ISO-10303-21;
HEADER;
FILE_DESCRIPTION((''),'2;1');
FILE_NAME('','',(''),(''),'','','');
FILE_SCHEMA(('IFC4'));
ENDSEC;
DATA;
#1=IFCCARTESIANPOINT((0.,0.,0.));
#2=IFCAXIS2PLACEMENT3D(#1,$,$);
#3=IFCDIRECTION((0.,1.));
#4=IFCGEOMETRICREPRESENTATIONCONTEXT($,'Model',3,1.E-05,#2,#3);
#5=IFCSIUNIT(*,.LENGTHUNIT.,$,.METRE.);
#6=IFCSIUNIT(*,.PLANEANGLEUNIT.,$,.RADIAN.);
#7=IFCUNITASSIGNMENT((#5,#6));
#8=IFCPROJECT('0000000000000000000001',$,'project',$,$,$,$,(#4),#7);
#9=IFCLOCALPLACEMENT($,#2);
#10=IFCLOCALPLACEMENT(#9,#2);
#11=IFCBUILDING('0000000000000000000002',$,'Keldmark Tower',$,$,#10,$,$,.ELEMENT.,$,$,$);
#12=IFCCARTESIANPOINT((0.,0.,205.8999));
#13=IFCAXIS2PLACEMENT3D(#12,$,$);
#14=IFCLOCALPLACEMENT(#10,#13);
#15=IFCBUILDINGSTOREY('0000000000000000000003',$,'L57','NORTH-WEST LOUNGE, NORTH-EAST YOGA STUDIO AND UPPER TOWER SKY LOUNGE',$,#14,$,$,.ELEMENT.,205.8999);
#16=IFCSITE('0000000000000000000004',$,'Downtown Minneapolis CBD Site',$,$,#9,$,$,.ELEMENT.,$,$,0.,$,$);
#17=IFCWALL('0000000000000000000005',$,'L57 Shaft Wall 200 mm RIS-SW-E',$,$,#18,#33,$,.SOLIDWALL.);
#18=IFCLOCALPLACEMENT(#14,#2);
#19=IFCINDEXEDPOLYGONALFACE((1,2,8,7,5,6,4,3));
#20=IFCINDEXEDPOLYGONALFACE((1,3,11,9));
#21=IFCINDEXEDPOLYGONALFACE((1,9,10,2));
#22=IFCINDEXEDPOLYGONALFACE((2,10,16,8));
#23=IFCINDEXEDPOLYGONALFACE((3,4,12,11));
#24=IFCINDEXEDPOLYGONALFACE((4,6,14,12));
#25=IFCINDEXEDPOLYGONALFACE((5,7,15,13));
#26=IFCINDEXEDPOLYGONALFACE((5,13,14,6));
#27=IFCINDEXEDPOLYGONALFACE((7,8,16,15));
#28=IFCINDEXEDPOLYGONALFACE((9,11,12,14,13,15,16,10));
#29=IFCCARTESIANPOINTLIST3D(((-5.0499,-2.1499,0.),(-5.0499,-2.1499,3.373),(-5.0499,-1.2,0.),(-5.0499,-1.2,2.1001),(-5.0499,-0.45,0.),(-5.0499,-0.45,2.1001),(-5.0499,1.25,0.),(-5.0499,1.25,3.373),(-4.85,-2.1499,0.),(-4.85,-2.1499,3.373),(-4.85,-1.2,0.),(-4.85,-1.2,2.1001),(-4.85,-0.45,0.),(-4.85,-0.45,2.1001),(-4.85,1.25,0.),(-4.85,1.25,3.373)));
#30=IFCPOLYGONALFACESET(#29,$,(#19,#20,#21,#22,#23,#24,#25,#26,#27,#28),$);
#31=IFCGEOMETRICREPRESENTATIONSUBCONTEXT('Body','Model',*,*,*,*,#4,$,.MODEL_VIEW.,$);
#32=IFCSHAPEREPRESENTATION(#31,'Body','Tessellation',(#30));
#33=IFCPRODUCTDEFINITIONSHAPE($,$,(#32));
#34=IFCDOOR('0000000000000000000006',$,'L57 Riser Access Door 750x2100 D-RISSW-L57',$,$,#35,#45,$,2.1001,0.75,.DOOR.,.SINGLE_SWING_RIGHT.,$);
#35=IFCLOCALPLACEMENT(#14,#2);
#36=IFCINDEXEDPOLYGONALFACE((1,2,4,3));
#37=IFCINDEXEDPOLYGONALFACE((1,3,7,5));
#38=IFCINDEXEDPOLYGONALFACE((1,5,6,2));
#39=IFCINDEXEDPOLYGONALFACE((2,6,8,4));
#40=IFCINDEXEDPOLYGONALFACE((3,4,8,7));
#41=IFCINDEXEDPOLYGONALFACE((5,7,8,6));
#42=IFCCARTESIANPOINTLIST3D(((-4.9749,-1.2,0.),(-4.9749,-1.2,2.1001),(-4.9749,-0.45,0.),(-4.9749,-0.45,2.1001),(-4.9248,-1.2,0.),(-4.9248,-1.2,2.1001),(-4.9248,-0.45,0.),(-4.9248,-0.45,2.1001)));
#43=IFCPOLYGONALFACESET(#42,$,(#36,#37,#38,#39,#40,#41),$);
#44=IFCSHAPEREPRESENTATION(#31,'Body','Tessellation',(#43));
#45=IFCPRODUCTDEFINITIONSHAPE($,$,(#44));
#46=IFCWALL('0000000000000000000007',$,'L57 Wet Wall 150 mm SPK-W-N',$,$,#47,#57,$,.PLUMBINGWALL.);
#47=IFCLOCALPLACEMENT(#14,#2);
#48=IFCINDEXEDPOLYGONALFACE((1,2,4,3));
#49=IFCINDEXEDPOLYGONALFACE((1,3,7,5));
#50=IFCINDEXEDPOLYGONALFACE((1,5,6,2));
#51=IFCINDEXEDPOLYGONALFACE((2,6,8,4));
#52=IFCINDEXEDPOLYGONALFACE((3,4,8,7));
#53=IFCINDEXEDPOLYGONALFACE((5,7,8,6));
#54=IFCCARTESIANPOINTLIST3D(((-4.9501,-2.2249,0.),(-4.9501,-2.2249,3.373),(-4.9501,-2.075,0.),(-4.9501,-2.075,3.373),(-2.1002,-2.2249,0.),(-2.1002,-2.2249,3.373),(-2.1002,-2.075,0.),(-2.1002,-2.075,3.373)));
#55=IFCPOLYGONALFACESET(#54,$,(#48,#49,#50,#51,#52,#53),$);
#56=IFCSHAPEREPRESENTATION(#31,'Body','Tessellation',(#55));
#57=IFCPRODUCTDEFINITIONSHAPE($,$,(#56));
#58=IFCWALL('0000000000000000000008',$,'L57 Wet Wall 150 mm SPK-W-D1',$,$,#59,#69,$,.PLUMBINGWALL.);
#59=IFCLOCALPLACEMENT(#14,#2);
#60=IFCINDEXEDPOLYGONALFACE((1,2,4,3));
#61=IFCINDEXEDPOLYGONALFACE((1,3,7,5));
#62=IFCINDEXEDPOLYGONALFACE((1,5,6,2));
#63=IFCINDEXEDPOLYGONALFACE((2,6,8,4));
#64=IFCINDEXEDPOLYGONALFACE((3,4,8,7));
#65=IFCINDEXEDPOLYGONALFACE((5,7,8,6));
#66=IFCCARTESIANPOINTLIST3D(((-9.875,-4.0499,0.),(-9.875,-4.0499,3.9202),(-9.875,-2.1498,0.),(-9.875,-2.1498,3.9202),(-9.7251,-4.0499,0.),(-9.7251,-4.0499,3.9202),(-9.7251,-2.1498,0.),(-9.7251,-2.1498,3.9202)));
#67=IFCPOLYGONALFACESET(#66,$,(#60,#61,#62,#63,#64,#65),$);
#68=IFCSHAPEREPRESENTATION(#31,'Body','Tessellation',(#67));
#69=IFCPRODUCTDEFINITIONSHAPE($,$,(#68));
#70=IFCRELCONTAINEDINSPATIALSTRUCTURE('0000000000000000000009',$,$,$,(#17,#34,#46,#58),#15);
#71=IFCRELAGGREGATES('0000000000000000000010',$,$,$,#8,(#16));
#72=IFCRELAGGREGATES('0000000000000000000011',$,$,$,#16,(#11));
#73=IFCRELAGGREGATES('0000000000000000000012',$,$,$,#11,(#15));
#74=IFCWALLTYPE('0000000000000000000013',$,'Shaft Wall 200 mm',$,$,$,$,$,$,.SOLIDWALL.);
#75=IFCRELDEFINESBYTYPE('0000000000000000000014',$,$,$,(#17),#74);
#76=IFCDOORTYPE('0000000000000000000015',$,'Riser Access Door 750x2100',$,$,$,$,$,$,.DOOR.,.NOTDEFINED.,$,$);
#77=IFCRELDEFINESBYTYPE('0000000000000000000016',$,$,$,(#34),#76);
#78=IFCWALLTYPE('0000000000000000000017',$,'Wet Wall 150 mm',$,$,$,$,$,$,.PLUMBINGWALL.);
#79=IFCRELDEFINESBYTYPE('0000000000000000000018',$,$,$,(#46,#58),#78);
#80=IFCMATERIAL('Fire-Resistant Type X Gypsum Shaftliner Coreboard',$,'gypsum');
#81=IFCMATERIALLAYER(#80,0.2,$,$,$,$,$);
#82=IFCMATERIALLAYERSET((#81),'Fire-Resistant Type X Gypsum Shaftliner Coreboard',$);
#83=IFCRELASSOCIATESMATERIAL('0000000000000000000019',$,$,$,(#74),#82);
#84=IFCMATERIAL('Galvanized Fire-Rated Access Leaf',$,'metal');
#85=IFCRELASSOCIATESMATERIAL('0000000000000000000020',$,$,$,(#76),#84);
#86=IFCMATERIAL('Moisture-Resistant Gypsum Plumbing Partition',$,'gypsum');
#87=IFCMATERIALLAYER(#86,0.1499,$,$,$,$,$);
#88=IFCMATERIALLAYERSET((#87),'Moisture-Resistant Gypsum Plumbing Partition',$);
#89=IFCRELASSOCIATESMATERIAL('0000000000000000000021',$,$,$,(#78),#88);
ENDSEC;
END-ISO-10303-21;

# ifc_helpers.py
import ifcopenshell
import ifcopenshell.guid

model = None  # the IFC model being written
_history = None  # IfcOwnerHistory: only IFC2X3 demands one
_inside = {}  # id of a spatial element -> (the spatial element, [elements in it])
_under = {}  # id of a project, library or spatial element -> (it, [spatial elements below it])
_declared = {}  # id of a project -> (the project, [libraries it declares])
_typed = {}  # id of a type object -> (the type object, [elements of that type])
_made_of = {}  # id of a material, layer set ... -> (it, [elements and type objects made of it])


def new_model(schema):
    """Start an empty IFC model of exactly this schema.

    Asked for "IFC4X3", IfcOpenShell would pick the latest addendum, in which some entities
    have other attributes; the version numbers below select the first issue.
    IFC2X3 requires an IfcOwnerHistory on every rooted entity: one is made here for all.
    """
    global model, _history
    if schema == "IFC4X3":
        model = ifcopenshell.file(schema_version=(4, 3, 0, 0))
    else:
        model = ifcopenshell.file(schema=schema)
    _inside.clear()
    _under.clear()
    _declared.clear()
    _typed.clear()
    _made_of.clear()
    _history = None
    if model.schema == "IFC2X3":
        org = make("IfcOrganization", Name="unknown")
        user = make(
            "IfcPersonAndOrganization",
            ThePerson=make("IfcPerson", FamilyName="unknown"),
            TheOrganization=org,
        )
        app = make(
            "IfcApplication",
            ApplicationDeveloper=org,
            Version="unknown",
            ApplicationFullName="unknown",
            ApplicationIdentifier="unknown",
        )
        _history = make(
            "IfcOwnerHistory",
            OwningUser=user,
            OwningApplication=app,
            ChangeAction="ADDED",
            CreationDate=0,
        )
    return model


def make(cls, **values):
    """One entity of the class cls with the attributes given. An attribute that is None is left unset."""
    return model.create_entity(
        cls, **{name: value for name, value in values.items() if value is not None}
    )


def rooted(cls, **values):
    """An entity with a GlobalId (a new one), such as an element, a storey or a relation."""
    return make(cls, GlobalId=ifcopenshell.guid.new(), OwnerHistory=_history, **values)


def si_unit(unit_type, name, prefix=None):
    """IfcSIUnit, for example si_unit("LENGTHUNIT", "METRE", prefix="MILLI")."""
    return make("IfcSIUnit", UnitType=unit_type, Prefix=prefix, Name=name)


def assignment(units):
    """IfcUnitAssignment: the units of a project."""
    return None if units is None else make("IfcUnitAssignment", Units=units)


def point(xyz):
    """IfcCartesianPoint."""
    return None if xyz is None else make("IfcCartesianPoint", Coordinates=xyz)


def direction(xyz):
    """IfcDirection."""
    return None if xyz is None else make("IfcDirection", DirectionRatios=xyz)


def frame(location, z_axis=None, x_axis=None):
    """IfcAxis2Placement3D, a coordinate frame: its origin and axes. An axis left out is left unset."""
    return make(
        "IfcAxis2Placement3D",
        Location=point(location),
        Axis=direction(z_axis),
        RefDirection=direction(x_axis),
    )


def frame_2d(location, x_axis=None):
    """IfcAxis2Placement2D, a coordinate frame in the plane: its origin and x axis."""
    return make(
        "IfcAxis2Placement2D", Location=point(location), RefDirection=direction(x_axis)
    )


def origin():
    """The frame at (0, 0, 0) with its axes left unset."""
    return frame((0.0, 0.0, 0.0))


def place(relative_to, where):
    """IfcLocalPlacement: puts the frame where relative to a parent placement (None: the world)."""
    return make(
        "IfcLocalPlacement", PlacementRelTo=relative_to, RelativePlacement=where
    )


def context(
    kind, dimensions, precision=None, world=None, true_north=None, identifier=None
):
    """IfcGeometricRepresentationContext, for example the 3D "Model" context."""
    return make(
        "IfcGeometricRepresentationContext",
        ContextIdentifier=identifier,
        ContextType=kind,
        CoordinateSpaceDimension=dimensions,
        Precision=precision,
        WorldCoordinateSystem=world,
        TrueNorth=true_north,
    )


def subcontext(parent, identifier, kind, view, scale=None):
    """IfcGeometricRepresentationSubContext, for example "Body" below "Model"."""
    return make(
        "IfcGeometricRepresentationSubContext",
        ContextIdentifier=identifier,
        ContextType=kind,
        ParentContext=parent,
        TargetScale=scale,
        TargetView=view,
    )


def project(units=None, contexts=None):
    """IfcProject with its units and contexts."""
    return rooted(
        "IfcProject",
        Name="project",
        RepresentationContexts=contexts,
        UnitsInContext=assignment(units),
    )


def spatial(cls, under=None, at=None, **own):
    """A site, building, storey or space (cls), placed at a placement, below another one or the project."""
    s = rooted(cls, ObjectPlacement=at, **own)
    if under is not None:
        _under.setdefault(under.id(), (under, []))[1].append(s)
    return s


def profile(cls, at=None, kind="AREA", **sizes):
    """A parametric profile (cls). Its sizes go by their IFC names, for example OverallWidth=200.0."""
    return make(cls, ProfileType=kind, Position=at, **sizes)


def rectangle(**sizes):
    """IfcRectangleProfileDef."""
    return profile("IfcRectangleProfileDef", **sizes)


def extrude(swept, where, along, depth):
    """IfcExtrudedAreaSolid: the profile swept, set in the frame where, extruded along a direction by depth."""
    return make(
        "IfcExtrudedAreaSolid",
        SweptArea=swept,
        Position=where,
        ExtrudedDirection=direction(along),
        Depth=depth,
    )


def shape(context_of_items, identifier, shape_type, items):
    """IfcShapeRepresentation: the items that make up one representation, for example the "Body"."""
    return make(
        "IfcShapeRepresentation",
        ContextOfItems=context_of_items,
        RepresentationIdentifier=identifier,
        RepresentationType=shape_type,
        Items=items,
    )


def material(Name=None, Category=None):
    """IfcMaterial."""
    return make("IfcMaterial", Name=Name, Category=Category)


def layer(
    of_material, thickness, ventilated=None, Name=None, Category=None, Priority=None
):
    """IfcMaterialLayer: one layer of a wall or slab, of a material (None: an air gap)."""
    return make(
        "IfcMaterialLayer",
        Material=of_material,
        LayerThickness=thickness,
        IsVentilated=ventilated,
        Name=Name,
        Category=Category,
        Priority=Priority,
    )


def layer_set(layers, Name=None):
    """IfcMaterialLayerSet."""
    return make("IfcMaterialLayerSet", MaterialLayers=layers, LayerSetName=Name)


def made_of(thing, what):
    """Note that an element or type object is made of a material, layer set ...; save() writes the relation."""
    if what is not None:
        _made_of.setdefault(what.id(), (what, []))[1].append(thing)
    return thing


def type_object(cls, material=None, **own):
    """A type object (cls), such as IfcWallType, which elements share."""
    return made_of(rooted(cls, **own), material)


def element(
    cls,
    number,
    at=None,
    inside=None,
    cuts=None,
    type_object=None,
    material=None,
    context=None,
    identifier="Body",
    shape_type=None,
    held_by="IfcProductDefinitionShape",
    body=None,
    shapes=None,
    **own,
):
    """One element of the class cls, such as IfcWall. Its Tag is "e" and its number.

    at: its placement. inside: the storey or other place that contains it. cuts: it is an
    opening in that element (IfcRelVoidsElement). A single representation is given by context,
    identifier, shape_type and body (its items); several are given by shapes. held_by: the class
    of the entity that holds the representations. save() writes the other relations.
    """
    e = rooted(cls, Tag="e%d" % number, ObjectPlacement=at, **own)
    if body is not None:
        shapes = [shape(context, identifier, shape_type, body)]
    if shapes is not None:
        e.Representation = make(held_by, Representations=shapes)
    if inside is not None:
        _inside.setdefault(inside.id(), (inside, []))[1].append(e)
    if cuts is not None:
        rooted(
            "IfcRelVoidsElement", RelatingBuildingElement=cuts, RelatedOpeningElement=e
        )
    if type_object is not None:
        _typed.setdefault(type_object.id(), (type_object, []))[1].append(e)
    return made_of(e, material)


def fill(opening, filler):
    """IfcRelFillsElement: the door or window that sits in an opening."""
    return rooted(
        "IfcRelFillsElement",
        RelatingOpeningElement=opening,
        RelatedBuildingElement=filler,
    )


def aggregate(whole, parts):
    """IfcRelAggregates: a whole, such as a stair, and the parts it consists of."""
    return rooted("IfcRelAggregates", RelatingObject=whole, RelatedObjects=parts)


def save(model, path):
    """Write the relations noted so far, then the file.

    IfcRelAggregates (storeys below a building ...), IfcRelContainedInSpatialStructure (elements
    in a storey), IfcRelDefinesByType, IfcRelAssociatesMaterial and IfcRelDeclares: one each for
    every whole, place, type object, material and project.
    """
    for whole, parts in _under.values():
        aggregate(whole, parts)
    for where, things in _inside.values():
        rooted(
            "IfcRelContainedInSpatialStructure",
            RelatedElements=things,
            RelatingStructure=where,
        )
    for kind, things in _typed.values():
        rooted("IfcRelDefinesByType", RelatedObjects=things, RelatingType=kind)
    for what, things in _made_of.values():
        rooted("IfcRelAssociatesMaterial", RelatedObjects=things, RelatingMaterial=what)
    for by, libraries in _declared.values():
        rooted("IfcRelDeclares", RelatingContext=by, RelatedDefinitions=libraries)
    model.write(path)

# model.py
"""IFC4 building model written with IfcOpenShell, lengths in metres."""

from ifc_helpers import new_model, si_unit, direction, frame, frame_2d, origin, place, context, subcontext, project, spatial, rectangle, extrude, material, layer, layer_set, type_object, element, fill, save


model = new_model("IFC4")

# Units and contexts
model_context = context("Model", 3, precision=1e-05, world=origin(), true_north=direction((0.0, 1.0)))
body_context = subcontext(model_context, "Body", "Model", "MODEL_VIEW")
ifc_project = project(units=[si_unit("LENGTHUNIT", "METRE"), si_unit("PLANEANGLEUNIT", "RADIAN")], contexts=[model_context])

# Site, building, storey
site_placement = place(None, origin())
site = spatial("IfcSite", under=ifc_project, at=site_placement, Name="Downtown Minneapolis CBD Site", CompositionType="ELEMENT", RefElevation=0.0)
building_placement = place(site_placement, origin())
building = spatial("IfcBuilding", under=site, at=building_placement, Name="Keldmark Tower", CompositionType="ELEMENT")
storey_placement = place(building_placement, frame((0.0, 0.0, 205.8999)))
storey = spatial("IfcBuildingStorey", under=building, at=storey_placement, Name="L57", Description="NORTH-WEST LOUNGE, NORTH-EAST YOGA STUDIO AND UPPER TOWER SKY LOUNGE", CompositionType="ELEMENT", Elevation=205.8999)

# Shared definitions
ifc_material_1 = material(Name="Fire-Resistant Type X Gypsum Shaftliner Coreboard", Category="gypsum")
ifc_layer_1 = layer(ifc_material_1, 0.2)
ifc_layer_set_1 = layer_set([ifc_layer_1], Name="Fire-Resistant Type X Gypsum Shaftliner Coreboard")
wall_type_1 = type_object("IfcWallType", Name="Shaft Wall 200 mm", PredefinedType="SOLIDWALL", material=ifc_layer_set_1)

# Wall, opening, door
wall_1_placement = place(storey_placement, frame((-4.95, -2.1499, 0.0), z_axis=(0.0, 0.0, 1.0), x_axis=(0.0, 1.0, 0.0)))
wall_1 = element("IfcWall", 1, at=wall_1_placement, inside=storey, type_object=wall_type_1, Name="L57 Shaft Wall 200 mm RIS-SW-E", PredefinedType="SOLIDWALL", context=body_context, shape_type="SweptSolid", body=[
    extrude(rectangle(XDim=3.3999, YDim=0.2, at=frame_2d((1.7, 0.0))), origin(), (0.0, 0.0, 1.0), 3.373),
])
opening_1_placement = place(wall_1_placement, frame((0.95, 0.0, 0.0)))
opening_1 = element("IfcOpeningElement", 2, at=opening_1_placement, cuts=wall_1, PredefinedType="OPENING", context=body_context, shape_type="SweptSolid", body=[
    extrude(rectangle(XDim=0.75, YDim=2.1001, at=frame_2d((0.375, 1.05))), frame((0.0, 0.1099, 0.0), z_axis=(0.0, -1.0, 0.0), x_axis=(1.0, 0.0, 0.0)), (0.0, 0.0, 1.0), 0.22),
])
ifc_material_2 = material(Name="Galvanized Fire-Rated Access Leaf", Category="metal")
door_type_1 = type_object("IfcDoorType", Name="Riser Access Door 750x2100", OperationType="NOTDEFINED", PredefinedType="DOOR", material=ifc_material_2)
door_1_placement = place(opening_1_placement, origin())
door_1 = element("IfcDoor", 3, at=door_1_placement, inside=storey, type_object=door_type_1, Name="L57 Riser Access Door 750x2100 D-RISSW-L57", OperationType="SINGLE_SWING_RIGHT", OverallHeight=2.1001, OverallWidth=0.75, PredefinedType="DOOR", context=body_context, shape_type="SweptSolid", body=[
    extrude(rectangle(XDim=0.75, YDim=2.1001, at=frame_2d((0.375, 1.05))), frame((0.0, 0.0249, 0.0), z_axis=(0.0, -1.0, 0.0), x_axis=(1.0, 0.0, 0.0)), (0.0, 0.0, 1.0), 0.05),
])
fill(opening_1, door_1)

# Walls
ifc_material_3 = material(Name="Moisture-Resistant Gypsum Plumbing Partition", Category="gypsum")
ifc_layer_2 = layer(ifc_material_3, 0.1499)
ifc_layer_set_2 = layer_set([ifc_layer_2], Name="Moisture-Resistant Gypsum Plumbing Partition")
wall_type_2 = type_object("IfcWallType", Name="Wet Wall 150 mm", PredefinedType="PLUMBINGWALL", material=ifc_layer_set_2)
wall_2_placement = place(storey_placement, frame((-4.95, -2.1499, 0.0), z_axis=(0.0, 0.0, 1.0), x_axis=(1.0, 0.0, 0.0)))
element("IfcWall", 4, at=wall_2_placement, inside=storey, type_object=wall_type_2, Name="L57 Wet Wall 150 mm SPK-W-N", PredefinedType="PLUMBINGWALL", context=body_context, shape_type="SweptSolid", body=[
    extrude(rectangle(XDim=2.8499, YDim=0.1499, at=frame_2d((1.4248, 0.0))), origin(), (0.0, 0.0, 1.0), 3.373),
])
wall_3_placement = place(storey_placement, frame((-9.8, -4.05, 0.0), z_axis=(0.0, 0.0, 1.0), x_axis=(0.0, 1.0, 0.0)))
element("IfcWall", 5, at=wall_3_placement, inside=storey, type_object=wall_type_2, Name="L57 Wet Wall 150 mm SPK-W-D1", PredefinedType="PLUMBINGWALL", context=body_context, shape_type="SweptSolid", body=[
    extrude(rectangle(XDim=1.9001, YDim=0.1499, at=frame_2d((0.9502, 0.0))), origin(), (0.0, 0.0, 1.0), 3.9202),
])

save(model, "model.ifc")
